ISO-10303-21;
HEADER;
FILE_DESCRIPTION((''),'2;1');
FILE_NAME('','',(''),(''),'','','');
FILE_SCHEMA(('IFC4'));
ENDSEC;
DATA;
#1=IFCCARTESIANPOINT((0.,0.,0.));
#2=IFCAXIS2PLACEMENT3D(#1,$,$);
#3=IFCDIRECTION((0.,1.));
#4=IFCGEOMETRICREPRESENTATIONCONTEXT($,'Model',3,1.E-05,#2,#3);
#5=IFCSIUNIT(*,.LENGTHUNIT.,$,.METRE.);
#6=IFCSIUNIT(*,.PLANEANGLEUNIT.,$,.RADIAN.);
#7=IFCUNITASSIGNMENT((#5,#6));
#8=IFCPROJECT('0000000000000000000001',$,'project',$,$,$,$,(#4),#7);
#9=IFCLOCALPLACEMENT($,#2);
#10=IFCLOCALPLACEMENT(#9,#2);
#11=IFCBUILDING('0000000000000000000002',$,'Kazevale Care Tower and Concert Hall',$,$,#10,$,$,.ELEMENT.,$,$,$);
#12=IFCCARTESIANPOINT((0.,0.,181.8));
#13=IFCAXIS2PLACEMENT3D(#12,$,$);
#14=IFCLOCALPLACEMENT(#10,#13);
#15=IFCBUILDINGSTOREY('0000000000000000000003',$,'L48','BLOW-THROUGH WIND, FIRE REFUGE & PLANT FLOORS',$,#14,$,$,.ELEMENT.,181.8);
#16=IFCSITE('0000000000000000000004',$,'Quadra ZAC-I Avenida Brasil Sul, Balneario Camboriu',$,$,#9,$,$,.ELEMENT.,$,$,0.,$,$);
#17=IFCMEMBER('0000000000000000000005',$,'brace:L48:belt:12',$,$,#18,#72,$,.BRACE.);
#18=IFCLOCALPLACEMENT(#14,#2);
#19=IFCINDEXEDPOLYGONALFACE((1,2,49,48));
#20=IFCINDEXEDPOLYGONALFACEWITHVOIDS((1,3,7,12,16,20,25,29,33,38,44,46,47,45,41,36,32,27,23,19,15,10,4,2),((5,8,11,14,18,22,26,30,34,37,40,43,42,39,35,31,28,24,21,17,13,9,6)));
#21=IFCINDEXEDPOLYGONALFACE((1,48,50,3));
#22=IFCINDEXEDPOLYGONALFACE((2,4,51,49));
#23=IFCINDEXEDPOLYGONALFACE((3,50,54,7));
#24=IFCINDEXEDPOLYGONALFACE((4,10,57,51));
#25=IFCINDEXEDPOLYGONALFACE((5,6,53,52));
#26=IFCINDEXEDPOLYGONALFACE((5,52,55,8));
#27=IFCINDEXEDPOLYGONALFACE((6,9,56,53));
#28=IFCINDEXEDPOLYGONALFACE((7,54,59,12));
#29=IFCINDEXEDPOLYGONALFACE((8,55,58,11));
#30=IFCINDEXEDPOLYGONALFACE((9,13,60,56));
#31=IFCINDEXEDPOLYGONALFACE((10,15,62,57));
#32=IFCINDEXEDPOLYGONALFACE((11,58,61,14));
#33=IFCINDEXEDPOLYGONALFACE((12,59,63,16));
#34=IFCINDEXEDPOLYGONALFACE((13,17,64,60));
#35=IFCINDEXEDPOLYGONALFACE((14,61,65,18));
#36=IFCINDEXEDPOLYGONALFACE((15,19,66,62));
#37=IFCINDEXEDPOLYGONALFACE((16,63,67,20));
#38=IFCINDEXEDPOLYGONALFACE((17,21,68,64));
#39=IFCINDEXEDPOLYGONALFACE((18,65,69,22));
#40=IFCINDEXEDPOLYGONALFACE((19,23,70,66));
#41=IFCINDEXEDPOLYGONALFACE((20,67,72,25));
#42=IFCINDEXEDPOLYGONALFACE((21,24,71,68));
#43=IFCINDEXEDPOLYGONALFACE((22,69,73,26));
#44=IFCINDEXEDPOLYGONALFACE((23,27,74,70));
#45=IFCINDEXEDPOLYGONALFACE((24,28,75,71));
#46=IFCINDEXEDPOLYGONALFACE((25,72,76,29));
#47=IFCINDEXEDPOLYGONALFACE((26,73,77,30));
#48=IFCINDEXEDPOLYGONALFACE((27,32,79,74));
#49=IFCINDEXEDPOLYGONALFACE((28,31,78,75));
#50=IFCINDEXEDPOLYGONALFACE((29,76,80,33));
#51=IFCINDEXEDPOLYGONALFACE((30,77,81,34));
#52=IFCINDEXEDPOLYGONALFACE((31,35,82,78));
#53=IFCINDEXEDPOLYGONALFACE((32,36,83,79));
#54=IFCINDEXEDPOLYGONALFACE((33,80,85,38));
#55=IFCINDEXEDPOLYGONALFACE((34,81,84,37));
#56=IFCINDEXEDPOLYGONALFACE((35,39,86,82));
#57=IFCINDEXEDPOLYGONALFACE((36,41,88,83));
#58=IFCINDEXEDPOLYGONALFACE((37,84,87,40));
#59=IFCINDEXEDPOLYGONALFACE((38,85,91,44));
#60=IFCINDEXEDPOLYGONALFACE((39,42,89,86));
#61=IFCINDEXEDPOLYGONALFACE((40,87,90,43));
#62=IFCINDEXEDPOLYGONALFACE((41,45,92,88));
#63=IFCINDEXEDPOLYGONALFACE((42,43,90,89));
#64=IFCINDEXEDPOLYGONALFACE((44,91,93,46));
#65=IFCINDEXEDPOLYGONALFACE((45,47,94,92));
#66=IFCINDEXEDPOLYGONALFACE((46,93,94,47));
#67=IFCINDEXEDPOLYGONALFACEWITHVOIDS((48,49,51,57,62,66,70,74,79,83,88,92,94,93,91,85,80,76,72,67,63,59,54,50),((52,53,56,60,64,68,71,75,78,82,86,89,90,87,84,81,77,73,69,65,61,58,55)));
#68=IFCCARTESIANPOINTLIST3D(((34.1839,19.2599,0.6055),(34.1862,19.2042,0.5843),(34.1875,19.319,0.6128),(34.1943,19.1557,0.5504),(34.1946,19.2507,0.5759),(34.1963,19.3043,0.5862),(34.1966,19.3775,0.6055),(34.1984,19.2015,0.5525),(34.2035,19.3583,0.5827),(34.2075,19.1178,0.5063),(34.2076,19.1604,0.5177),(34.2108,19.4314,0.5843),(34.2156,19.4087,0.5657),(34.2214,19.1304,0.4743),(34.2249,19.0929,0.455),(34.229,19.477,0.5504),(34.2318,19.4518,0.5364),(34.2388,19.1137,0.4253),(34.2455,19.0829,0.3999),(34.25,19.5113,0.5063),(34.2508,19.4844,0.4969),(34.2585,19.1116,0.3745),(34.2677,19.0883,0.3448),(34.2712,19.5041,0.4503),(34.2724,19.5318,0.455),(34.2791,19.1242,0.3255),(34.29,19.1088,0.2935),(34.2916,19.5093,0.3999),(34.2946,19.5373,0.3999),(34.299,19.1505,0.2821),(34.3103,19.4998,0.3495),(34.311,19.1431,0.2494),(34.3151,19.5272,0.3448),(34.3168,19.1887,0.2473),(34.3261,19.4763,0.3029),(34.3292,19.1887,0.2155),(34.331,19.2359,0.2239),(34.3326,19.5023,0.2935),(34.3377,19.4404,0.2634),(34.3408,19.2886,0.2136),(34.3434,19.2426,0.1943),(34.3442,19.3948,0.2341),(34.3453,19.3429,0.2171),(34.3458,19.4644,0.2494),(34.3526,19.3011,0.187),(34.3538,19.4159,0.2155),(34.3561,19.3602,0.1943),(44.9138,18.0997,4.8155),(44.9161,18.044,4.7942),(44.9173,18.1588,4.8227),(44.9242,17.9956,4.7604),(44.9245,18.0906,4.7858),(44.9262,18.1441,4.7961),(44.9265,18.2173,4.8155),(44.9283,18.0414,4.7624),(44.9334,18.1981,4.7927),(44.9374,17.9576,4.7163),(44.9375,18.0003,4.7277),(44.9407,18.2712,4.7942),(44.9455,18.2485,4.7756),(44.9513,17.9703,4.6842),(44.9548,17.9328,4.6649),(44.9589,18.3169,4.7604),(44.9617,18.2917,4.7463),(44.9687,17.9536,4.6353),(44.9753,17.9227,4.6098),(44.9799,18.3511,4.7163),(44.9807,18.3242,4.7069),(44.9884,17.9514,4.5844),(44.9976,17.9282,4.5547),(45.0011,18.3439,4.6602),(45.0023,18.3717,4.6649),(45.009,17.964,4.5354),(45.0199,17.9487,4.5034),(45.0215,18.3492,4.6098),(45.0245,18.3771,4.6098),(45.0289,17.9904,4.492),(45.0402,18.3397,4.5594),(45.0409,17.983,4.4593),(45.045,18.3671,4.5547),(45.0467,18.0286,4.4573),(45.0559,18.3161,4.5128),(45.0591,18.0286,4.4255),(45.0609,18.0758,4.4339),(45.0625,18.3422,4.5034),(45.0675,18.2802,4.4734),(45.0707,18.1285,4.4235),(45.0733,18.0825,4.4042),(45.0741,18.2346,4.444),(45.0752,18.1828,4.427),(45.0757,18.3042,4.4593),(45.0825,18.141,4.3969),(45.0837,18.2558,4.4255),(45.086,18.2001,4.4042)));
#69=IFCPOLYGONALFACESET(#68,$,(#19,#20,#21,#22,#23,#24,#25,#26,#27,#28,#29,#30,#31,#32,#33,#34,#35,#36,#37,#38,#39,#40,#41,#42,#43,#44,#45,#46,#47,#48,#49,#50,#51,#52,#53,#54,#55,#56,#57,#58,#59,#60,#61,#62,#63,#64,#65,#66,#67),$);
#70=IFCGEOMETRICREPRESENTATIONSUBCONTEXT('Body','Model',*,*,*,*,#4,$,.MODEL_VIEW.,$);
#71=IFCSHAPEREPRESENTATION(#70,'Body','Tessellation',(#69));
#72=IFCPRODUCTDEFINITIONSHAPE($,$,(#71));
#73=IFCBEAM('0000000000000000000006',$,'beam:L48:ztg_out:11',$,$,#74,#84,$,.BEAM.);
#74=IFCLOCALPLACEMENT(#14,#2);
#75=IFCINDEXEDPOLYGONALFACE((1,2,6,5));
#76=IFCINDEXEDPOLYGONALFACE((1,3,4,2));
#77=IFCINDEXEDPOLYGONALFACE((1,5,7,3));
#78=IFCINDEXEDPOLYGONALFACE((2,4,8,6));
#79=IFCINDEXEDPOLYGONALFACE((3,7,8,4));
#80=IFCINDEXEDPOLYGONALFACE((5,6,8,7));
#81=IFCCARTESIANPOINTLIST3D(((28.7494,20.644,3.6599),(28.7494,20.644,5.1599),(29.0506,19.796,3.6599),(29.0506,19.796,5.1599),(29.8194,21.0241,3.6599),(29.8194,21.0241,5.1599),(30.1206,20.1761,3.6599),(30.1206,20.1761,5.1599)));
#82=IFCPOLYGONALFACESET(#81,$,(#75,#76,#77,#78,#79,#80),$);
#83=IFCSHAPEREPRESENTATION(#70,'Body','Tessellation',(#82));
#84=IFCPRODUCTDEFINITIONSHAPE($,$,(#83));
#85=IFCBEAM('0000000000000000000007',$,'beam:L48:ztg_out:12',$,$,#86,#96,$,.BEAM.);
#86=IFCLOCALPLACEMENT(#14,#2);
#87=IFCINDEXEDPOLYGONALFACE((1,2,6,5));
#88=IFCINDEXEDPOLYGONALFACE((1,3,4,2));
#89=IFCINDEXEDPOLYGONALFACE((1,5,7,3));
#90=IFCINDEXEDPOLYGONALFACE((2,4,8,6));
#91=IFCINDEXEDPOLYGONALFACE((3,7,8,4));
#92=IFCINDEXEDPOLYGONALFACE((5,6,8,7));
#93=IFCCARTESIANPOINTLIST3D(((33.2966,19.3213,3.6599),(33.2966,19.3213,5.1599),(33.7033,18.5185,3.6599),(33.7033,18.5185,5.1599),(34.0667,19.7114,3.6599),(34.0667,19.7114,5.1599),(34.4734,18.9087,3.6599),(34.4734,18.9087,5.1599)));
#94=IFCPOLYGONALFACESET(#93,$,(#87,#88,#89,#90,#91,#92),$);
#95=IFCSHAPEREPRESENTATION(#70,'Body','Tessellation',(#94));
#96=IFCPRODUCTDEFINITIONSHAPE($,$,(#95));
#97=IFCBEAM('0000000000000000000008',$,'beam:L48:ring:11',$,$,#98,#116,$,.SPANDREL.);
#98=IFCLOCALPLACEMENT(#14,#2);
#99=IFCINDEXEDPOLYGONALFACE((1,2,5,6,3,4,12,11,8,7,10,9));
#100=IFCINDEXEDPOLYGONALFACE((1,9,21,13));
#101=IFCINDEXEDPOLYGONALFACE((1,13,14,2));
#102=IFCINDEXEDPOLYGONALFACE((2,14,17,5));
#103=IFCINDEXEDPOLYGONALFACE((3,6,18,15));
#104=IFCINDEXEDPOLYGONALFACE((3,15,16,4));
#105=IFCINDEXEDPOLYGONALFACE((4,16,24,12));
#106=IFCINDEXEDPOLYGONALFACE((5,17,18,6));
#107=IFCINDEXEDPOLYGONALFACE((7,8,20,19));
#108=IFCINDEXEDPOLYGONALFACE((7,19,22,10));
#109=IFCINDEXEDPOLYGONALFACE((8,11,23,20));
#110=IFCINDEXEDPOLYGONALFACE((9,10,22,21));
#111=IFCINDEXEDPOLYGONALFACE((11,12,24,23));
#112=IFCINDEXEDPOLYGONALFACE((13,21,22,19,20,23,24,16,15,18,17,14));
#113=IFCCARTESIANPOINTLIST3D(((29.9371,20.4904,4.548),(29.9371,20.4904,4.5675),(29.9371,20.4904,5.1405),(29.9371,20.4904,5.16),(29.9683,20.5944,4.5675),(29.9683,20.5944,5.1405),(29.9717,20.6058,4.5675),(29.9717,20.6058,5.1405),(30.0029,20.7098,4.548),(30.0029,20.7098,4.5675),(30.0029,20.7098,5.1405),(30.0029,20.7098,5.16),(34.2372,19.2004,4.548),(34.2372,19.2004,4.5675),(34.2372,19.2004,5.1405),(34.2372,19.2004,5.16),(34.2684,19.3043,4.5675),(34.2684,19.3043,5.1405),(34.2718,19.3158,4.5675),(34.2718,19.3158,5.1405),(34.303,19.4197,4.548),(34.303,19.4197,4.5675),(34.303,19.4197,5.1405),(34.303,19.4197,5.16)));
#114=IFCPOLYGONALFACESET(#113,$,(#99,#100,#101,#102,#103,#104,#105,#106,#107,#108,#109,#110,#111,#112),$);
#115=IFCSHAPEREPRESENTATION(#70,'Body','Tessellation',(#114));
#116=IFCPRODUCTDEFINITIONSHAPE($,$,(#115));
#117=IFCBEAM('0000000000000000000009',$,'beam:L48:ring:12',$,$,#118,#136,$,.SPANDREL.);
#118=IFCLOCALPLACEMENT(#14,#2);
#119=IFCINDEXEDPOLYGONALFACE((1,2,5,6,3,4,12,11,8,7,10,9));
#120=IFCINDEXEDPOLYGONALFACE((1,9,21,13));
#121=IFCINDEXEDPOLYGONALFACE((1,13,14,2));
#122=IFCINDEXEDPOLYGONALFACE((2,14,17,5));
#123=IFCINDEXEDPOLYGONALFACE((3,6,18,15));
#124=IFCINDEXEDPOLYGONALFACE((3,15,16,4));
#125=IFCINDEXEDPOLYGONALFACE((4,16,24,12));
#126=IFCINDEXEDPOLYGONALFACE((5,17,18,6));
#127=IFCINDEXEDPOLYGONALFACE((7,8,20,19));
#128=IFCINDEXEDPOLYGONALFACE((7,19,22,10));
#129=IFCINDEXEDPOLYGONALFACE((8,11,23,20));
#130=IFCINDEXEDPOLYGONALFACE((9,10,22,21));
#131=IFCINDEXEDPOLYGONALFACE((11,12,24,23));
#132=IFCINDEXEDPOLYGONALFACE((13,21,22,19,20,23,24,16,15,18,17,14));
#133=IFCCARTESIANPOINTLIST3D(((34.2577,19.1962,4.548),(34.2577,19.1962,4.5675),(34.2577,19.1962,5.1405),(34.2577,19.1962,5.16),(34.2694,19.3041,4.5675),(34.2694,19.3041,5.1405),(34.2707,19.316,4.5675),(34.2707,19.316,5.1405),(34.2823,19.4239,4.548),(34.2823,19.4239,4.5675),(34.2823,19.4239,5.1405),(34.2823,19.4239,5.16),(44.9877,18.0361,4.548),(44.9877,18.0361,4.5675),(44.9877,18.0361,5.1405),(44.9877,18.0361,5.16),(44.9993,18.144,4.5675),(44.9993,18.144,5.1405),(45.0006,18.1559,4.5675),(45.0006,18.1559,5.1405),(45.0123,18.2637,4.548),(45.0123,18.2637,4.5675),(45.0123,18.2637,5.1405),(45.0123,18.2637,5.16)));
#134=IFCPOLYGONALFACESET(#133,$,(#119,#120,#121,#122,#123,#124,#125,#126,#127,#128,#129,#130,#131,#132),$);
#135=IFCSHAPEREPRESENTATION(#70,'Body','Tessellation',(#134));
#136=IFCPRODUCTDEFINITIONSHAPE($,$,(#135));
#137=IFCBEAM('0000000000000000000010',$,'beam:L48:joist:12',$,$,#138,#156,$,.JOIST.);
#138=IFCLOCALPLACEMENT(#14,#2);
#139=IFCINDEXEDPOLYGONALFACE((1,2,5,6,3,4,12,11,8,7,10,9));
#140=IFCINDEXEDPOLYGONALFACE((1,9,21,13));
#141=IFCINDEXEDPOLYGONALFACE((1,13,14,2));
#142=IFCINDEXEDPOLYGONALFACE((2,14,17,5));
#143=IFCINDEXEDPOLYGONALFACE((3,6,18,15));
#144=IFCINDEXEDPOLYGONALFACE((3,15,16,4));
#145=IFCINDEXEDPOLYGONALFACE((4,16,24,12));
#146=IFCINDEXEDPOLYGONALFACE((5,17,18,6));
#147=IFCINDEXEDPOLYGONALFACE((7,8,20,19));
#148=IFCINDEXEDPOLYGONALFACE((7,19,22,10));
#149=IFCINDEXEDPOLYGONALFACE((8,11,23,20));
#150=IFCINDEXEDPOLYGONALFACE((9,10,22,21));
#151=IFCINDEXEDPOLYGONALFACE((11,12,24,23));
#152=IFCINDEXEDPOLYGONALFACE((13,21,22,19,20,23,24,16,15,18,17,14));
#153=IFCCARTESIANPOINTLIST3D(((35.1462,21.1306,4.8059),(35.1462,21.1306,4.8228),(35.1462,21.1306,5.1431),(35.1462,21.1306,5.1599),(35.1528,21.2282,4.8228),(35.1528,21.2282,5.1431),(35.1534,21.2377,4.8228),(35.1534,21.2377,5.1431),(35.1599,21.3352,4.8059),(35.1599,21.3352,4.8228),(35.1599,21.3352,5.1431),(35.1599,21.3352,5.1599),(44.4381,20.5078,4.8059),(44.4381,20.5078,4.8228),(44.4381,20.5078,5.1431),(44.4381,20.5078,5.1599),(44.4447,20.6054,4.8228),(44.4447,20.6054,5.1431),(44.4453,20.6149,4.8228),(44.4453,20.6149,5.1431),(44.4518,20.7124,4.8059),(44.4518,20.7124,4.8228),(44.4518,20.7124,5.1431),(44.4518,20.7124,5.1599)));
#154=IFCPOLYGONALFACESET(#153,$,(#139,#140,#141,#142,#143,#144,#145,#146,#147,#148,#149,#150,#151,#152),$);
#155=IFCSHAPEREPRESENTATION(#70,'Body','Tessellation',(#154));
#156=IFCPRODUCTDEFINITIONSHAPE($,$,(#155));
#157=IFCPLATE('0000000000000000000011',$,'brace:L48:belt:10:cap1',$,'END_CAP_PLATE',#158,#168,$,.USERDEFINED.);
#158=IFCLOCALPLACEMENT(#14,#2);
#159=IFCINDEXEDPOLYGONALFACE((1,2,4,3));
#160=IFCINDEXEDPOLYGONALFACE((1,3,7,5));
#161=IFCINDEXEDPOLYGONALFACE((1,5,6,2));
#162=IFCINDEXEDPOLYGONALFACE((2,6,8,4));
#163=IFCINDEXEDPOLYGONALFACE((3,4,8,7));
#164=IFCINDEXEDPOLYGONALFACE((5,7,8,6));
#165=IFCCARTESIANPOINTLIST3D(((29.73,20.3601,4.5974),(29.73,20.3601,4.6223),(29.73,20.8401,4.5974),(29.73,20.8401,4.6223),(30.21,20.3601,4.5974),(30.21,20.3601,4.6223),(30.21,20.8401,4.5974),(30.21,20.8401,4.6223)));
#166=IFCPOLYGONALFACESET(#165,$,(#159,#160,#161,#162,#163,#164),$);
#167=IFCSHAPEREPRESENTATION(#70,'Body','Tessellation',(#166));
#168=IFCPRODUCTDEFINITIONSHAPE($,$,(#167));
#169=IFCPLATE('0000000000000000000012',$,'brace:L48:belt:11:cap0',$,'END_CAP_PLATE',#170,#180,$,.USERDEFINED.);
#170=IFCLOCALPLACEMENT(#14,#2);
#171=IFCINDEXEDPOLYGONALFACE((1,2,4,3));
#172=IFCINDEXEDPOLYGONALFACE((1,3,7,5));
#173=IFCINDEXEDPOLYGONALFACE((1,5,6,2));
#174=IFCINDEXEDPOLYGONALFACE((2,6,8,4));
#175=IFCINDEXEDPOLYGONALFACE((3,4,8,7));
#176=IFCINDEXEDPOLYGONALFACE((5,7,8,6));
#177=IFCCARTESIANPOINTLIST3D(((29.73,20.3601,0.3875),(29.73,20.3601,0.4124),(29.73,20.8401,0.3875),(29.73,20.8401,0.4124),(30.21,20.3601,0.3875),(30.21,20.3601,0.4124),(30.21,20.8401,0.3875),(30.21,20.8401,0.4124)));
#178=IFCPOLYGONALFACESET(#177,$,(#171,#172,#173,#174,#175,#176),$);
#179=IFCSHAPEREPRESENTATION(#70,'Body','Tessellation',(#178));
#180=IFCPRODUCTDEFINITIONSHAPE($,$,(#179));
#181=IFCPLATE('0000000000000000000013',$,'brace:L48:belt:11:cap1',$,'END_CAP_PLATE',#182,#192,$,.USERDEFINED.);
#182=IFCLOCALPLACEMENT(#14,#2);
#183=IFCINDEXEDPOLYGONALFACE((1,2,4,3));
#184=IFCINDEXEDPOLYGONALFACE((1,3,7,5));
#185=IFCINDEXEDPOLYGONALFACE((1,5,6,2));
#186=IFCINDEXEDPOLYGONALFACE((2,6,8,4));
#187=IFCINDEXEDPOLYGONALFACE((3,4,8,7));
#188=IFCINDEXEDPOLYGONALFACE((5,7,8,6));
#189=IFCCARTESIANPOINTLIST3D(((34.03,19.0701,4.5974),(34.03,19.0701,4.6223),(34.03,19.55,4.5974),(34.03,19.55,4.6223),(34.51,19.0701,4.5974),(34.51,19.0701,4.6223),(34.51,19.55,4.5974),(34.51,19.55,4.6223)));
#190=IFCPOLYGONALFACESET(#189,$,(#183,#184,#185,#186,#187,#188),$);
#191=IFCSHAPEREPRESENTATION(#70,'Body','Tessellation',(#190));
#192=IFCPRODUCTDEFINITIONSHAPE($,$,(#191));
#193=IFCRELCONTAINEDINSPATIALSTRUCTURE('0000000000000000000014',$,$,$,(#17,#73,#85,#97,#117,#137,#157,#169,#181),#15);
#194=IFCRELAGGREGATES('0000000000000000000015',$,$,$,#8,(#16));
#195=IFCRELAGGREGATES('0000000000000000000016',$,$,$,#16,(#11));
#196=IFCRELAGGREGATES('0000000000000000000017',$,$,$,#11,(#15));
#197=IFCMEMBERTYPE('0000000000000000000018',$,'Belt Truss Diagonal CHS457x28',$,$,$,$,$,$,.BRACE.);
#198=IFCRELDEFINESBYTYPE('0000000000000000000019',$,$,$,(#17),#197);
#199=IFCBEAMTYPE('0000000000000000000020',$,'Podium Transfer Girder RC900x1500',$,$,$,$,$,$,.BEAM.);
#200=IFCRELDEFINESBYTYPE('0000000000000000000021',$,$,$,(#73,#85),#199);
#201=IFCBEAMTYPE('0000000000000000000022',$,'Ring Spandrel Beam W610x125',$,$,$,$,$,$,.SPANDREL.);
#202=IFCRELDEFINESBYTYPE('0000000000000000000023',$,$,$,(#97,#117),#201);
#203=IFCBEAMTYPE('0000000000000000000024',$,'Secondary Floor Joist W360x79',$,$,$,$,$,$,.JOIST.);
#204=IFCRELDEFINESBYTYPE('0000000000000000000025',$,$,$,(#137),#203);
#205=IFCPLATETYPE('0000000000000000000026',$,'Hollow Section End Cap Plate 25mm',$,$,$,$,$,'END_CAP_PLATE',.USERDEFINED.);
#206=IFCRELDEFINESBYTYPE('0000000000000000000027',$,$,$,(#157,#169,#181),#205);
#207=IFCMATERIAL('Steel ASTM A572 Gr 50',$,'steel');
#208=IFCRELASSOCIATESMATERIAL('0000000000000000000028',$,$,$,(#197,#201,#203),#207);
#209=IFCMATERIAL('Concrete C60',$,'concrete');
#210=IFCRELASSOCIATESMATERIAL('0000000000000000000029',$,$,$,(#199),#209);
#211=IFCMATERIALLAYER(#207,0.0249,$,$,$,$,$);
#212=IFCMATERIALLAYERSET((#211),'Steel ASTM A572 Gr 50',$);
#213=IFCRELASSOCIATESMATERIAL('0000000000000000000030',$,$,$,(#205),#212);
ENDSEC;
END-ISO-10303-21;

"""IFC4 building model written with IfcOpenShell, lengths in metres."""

from ifc_helpers import new_model, si_unit, direction, frame, origin, origin_2d, place, context, subcontext, project, spatial, rectangle, hollow_circle, i_section, extrude, material, layer, layer_set, material_profile, profile_set, type_object, element, save


model = new_model("IFC4")

# Units and contexts
model_context = context("Model", 3, precision=1e-05, world=origin(), true_north=direction((0.0, 1.0)))
body_context = subcontext(model_context, "Body", "Model", "MODEL_VIEW")
ifc_project = project(units=[si_unit("LENGTHUNIT", "METRE"), si_unit("PLANEANGLEUNIT", "RADIAN")], contexts=[model_context])

# Site, building, storey
site_placement = place(None, origin())
site = spatial("IfcSite", under=ifc_project, at=site_placement, Name="Quadra ZAC-I Avenida Brasil Sul, Balneario Camboriu", CompositionType="ELEMENT", RefElevation=0.0)
building_placement = place(site_placement, origin())
building = spatial("IfcBuilding", under=site, at=building_placement, Name="Kazevale Care Tower and Concert Hall", CompositionType="ELEMENT")
storey_placement = place(building_placement, frame((0.0, 0.0, 181.8)))
storey = spatial("IfcBuildingStorey", under=building, at=storey_placement, Name="L48", Description="BLOW-THROUGH WIND, FIRE REFUGE & PLANT FLOORS", CompositionType="ELEMENT", Elevation=181.8)

# Shared definitions
ifc_material_1 = material(Name="Concrete C60", Category="concrete")

# Member
ifc_material_2 = material(Name="Steel ASTM A572 Gr 50", Category="steel")
ifc_material_profile_1 = material_profile(ifc_material_2, hollow_circle(Radius=0.2285, WallThickness=0.0281, at=origin_2d()), Name="CHS457x28")
ifc_profile_set_1 = profile_set([ifc_material_profile_1], Name="Steel ASTM A572 Gr 50")
member_type = type_object("IfcMemberType", Name="Belt Truss Diagonal CHS457x28", PredefinedType="BRACE", material=ifc_profile_set_1)
member_1_placement = place(storey_placement, frame((34.27, 19.3101, 0.3999), z_axis=(0.926231, -0.100147, 0.363411), x_axis=(0.107496, 0.994205, 0.0)))
element("IfcMember", 1, at=member_1_placement, inside=storey, type_object=member_type, Name="brace:L48:belt:12", PredefinedType="BRACE", context=body_context, shape_type="SweptSolid", body=[
    extrude(hollow_circle(Radius=0.2285, WallThickness=0.0281, at=origin_2d()), origin(), (0.0, 0.0, 1.0), 11.5845),
])

# Beams
ifc_material_profile_2 = material_profile(ifc_material_1, rectangle(XDim=0.8999, YDim=1.5, at=origin_2d()), Name="RC-TG900x1500")
ifc_profile_set_2 = profile_set([ifc_material_profile_2], Name="Concrete C60")
beam_type_1 = type_object("IfcBeamType", Name="Podium Transfer Girder RC900x1500", PredefinedType="BEAM", material=ifc_profile_set_2)
beam_1_placement = place(storey_placement, frame((29.97, 20.6001, 4.4099), z_axis=(-0.94231, -0.334742, 0.0), x_axis=(0.334742, -0.94231, 0.0)))
element("IfcBeam", 2, at=beam_1_placement, inside=storey, type_object=beam_type_1, Name="beam:L48:ztg_out:11", PredefinedType="BEAM", context=body_context, shape_type="SweptSolid", body=[
    extrude(rectangle(XDim=0.8999, YDim=1.5, at=origin_2d()), origin(), (0.0, 0.0, 1.0), 1.1355),
])
beam_2_placement = place(storey_placement, frame((34.27, 19.3101, 4.4099), z_axis=(-0.892039, -0.451959, 0.0), x_axis=(0.451959, -0.892039, 0.0)))
element("IfcBeam", 3, at=beam_2_placement, inside=storey, type_object=beam_type_1, Name="beam:L48:ztg_out:12", PredefinedType="BEAM", context=body_context, shape_type="SweptSolid", body=[
    extrude(rectangle(XDim=0.8999, YDim=1.5, at=origin_2d()), origin(), (0.0, 0.0, 1.0), 0.8633),
])
ifc_material_profile_3 = material_profile(ifc_material_2, i_section(OverallWidth=0.229, OverallDepth=0.6121, WebThickness=0.012, FlangeThickness=0.0195, at=origin_2d()), Name="W610x125")
ifc_profile_set_3 = profile_set([ifc_material_profile_3], Name="Steel ASTM A572 Gr 50")
beam_type_2 = type_object("IfcBeamType", Name="Ring Spandrel Beam W610x125", PredefinedType="SPANDREL", material=ifc_profile_set_3)
beam_3_placement = place(storey_placement, frame((29.97, 20.6001, 4.854), z_axis=(0.957825, -0.287353, 0.0), x_axis=(0.287353, 0.957825, 0.0)))
element("IfcBeam", 4, at=beam_3_placement, inside=storey, type_object=beam_type_2, Name="beam:L48:ring:11", PredefinedType="SPANDREL", context=body_context, shape_type="SweptSolid", body=[
    extrude(i_section(OverallWidth=0.229, OverallDepth=0.6121, WebThickness=0.012, FlangeThickness=0.0195, at=origin_2d()), origin(), (0.0, 0.0, 1.0), 4.4895),
])
beam_4_placement = place(storey_placement, frame((34.27, 19.3101, 4.854), z_axis=(0.994205, -0.107496, 0.0), x_axis=(0.107496, 0.994205, 0.0)))
element("IfcBeam", 5, at=beam_4_placement, inside=storey, type_object=beam_type_2, Name="beam:L48:ring:12", PredefinedType="SPANDREL", context=body_context, shape_type="SweptSolid", body=[
    extrude(i_section(OverallWidth=0.229, OverallDepth=0.6121, WebThickness=0.012, FlangeThickness=0.0195, at=origin_2d()), origin(), (0.0, 0.0, 1.0), 10.7925),
])
ifc_material_profile_4 = material_profile(ifc_material_2, i_section(OverallWidth=0.2051, OverallDepth=0.354, WebThickness=0.0095, FlangeThickness=0.0168, at=origin_2d()), Name="W360x79")
ifc_profile_set_4 = profile_set([ifc_material_profile_4], Name="Steel ASTM A572 Gr 50")
beam_type_3 = type_object("IfcBeamType", Name="Secondary Floor Joist W360x79", PredefinedType="JOIST", material=ifc_profile_set_4)
beam_5_placement = place(storey_placement, frame((35.1531, 21.2329, 4.9829), z_axis=(0.997761, -0.066876, 0.0), x_axis=(0.066876, 0.997761, 0.0)))
element("IfcBeam", 6, at=beam_5_placement, inside=storey, type_object=beam_type_3, Name="beam:L48:joist:12", PredefinedType="JOIST", context=body_context, shape_type="SweptSolid", body=[
    extrude(i_section(OverallWidth=0.2051, OverallDepth=0.354, WebThickness=0.0095, FlangeThickness=0.0168, at=origin_2d()), origin(), (0.0, 0.0, 1.0), 9.3127),
])

# Plates
ifc_layer_1 = layer(ifc_material_2, 0.0249)
ifc_layer_set_1 = layer_set([ifc_layer_1], Name="Steel ASTM A572 Gr 50")
plate_type_1 = type_object("IfcPlateType", Name="Hollow Section End Cap Plate 25mm", ElementType="END_CAP_PLATE", PredefinedType="USERDEFINED", material=ifc_layer_set_1)
for number, where, z_axis, x_axis, name in (
    (7, (29.97, 20.6001, 4.5974), (0.0, 0.0, 1.0), (1.0, 0.0, 0.0), "brace:L48:belt:10:cap1"),
    (8, (29.97, 20.6001, 0.3875), (0.0, 0.0, 1.0), (1.0, 0.0, 0.0), "brace:L48:belt:11:cap0"),
    (9, (34.27, 19.3101, 4.5974), (0.0, 0.0, 1.0), (1.0, 0.0, 0.0), "brace:L48:belt:11:cap1"),
):
    element("IfcPlate", number, at=place(storey_placement, frame(where, z_axis=z_axis, x_axis=x_axis)), inside=storey, type_object=plate_type_1, Name=name, ObjectType="END_CAP_PLATE", PredefinedType="USERDEFINED", context=body_context, shape_type="SweptSolid", body=[
        extrude(rectangle(XDim=0.48, YDim=0.48, at=origin_2d()), origin(), (0.0, 0.0, 1.0), 0.0249),
    ])

save(model, "model.ifc")
